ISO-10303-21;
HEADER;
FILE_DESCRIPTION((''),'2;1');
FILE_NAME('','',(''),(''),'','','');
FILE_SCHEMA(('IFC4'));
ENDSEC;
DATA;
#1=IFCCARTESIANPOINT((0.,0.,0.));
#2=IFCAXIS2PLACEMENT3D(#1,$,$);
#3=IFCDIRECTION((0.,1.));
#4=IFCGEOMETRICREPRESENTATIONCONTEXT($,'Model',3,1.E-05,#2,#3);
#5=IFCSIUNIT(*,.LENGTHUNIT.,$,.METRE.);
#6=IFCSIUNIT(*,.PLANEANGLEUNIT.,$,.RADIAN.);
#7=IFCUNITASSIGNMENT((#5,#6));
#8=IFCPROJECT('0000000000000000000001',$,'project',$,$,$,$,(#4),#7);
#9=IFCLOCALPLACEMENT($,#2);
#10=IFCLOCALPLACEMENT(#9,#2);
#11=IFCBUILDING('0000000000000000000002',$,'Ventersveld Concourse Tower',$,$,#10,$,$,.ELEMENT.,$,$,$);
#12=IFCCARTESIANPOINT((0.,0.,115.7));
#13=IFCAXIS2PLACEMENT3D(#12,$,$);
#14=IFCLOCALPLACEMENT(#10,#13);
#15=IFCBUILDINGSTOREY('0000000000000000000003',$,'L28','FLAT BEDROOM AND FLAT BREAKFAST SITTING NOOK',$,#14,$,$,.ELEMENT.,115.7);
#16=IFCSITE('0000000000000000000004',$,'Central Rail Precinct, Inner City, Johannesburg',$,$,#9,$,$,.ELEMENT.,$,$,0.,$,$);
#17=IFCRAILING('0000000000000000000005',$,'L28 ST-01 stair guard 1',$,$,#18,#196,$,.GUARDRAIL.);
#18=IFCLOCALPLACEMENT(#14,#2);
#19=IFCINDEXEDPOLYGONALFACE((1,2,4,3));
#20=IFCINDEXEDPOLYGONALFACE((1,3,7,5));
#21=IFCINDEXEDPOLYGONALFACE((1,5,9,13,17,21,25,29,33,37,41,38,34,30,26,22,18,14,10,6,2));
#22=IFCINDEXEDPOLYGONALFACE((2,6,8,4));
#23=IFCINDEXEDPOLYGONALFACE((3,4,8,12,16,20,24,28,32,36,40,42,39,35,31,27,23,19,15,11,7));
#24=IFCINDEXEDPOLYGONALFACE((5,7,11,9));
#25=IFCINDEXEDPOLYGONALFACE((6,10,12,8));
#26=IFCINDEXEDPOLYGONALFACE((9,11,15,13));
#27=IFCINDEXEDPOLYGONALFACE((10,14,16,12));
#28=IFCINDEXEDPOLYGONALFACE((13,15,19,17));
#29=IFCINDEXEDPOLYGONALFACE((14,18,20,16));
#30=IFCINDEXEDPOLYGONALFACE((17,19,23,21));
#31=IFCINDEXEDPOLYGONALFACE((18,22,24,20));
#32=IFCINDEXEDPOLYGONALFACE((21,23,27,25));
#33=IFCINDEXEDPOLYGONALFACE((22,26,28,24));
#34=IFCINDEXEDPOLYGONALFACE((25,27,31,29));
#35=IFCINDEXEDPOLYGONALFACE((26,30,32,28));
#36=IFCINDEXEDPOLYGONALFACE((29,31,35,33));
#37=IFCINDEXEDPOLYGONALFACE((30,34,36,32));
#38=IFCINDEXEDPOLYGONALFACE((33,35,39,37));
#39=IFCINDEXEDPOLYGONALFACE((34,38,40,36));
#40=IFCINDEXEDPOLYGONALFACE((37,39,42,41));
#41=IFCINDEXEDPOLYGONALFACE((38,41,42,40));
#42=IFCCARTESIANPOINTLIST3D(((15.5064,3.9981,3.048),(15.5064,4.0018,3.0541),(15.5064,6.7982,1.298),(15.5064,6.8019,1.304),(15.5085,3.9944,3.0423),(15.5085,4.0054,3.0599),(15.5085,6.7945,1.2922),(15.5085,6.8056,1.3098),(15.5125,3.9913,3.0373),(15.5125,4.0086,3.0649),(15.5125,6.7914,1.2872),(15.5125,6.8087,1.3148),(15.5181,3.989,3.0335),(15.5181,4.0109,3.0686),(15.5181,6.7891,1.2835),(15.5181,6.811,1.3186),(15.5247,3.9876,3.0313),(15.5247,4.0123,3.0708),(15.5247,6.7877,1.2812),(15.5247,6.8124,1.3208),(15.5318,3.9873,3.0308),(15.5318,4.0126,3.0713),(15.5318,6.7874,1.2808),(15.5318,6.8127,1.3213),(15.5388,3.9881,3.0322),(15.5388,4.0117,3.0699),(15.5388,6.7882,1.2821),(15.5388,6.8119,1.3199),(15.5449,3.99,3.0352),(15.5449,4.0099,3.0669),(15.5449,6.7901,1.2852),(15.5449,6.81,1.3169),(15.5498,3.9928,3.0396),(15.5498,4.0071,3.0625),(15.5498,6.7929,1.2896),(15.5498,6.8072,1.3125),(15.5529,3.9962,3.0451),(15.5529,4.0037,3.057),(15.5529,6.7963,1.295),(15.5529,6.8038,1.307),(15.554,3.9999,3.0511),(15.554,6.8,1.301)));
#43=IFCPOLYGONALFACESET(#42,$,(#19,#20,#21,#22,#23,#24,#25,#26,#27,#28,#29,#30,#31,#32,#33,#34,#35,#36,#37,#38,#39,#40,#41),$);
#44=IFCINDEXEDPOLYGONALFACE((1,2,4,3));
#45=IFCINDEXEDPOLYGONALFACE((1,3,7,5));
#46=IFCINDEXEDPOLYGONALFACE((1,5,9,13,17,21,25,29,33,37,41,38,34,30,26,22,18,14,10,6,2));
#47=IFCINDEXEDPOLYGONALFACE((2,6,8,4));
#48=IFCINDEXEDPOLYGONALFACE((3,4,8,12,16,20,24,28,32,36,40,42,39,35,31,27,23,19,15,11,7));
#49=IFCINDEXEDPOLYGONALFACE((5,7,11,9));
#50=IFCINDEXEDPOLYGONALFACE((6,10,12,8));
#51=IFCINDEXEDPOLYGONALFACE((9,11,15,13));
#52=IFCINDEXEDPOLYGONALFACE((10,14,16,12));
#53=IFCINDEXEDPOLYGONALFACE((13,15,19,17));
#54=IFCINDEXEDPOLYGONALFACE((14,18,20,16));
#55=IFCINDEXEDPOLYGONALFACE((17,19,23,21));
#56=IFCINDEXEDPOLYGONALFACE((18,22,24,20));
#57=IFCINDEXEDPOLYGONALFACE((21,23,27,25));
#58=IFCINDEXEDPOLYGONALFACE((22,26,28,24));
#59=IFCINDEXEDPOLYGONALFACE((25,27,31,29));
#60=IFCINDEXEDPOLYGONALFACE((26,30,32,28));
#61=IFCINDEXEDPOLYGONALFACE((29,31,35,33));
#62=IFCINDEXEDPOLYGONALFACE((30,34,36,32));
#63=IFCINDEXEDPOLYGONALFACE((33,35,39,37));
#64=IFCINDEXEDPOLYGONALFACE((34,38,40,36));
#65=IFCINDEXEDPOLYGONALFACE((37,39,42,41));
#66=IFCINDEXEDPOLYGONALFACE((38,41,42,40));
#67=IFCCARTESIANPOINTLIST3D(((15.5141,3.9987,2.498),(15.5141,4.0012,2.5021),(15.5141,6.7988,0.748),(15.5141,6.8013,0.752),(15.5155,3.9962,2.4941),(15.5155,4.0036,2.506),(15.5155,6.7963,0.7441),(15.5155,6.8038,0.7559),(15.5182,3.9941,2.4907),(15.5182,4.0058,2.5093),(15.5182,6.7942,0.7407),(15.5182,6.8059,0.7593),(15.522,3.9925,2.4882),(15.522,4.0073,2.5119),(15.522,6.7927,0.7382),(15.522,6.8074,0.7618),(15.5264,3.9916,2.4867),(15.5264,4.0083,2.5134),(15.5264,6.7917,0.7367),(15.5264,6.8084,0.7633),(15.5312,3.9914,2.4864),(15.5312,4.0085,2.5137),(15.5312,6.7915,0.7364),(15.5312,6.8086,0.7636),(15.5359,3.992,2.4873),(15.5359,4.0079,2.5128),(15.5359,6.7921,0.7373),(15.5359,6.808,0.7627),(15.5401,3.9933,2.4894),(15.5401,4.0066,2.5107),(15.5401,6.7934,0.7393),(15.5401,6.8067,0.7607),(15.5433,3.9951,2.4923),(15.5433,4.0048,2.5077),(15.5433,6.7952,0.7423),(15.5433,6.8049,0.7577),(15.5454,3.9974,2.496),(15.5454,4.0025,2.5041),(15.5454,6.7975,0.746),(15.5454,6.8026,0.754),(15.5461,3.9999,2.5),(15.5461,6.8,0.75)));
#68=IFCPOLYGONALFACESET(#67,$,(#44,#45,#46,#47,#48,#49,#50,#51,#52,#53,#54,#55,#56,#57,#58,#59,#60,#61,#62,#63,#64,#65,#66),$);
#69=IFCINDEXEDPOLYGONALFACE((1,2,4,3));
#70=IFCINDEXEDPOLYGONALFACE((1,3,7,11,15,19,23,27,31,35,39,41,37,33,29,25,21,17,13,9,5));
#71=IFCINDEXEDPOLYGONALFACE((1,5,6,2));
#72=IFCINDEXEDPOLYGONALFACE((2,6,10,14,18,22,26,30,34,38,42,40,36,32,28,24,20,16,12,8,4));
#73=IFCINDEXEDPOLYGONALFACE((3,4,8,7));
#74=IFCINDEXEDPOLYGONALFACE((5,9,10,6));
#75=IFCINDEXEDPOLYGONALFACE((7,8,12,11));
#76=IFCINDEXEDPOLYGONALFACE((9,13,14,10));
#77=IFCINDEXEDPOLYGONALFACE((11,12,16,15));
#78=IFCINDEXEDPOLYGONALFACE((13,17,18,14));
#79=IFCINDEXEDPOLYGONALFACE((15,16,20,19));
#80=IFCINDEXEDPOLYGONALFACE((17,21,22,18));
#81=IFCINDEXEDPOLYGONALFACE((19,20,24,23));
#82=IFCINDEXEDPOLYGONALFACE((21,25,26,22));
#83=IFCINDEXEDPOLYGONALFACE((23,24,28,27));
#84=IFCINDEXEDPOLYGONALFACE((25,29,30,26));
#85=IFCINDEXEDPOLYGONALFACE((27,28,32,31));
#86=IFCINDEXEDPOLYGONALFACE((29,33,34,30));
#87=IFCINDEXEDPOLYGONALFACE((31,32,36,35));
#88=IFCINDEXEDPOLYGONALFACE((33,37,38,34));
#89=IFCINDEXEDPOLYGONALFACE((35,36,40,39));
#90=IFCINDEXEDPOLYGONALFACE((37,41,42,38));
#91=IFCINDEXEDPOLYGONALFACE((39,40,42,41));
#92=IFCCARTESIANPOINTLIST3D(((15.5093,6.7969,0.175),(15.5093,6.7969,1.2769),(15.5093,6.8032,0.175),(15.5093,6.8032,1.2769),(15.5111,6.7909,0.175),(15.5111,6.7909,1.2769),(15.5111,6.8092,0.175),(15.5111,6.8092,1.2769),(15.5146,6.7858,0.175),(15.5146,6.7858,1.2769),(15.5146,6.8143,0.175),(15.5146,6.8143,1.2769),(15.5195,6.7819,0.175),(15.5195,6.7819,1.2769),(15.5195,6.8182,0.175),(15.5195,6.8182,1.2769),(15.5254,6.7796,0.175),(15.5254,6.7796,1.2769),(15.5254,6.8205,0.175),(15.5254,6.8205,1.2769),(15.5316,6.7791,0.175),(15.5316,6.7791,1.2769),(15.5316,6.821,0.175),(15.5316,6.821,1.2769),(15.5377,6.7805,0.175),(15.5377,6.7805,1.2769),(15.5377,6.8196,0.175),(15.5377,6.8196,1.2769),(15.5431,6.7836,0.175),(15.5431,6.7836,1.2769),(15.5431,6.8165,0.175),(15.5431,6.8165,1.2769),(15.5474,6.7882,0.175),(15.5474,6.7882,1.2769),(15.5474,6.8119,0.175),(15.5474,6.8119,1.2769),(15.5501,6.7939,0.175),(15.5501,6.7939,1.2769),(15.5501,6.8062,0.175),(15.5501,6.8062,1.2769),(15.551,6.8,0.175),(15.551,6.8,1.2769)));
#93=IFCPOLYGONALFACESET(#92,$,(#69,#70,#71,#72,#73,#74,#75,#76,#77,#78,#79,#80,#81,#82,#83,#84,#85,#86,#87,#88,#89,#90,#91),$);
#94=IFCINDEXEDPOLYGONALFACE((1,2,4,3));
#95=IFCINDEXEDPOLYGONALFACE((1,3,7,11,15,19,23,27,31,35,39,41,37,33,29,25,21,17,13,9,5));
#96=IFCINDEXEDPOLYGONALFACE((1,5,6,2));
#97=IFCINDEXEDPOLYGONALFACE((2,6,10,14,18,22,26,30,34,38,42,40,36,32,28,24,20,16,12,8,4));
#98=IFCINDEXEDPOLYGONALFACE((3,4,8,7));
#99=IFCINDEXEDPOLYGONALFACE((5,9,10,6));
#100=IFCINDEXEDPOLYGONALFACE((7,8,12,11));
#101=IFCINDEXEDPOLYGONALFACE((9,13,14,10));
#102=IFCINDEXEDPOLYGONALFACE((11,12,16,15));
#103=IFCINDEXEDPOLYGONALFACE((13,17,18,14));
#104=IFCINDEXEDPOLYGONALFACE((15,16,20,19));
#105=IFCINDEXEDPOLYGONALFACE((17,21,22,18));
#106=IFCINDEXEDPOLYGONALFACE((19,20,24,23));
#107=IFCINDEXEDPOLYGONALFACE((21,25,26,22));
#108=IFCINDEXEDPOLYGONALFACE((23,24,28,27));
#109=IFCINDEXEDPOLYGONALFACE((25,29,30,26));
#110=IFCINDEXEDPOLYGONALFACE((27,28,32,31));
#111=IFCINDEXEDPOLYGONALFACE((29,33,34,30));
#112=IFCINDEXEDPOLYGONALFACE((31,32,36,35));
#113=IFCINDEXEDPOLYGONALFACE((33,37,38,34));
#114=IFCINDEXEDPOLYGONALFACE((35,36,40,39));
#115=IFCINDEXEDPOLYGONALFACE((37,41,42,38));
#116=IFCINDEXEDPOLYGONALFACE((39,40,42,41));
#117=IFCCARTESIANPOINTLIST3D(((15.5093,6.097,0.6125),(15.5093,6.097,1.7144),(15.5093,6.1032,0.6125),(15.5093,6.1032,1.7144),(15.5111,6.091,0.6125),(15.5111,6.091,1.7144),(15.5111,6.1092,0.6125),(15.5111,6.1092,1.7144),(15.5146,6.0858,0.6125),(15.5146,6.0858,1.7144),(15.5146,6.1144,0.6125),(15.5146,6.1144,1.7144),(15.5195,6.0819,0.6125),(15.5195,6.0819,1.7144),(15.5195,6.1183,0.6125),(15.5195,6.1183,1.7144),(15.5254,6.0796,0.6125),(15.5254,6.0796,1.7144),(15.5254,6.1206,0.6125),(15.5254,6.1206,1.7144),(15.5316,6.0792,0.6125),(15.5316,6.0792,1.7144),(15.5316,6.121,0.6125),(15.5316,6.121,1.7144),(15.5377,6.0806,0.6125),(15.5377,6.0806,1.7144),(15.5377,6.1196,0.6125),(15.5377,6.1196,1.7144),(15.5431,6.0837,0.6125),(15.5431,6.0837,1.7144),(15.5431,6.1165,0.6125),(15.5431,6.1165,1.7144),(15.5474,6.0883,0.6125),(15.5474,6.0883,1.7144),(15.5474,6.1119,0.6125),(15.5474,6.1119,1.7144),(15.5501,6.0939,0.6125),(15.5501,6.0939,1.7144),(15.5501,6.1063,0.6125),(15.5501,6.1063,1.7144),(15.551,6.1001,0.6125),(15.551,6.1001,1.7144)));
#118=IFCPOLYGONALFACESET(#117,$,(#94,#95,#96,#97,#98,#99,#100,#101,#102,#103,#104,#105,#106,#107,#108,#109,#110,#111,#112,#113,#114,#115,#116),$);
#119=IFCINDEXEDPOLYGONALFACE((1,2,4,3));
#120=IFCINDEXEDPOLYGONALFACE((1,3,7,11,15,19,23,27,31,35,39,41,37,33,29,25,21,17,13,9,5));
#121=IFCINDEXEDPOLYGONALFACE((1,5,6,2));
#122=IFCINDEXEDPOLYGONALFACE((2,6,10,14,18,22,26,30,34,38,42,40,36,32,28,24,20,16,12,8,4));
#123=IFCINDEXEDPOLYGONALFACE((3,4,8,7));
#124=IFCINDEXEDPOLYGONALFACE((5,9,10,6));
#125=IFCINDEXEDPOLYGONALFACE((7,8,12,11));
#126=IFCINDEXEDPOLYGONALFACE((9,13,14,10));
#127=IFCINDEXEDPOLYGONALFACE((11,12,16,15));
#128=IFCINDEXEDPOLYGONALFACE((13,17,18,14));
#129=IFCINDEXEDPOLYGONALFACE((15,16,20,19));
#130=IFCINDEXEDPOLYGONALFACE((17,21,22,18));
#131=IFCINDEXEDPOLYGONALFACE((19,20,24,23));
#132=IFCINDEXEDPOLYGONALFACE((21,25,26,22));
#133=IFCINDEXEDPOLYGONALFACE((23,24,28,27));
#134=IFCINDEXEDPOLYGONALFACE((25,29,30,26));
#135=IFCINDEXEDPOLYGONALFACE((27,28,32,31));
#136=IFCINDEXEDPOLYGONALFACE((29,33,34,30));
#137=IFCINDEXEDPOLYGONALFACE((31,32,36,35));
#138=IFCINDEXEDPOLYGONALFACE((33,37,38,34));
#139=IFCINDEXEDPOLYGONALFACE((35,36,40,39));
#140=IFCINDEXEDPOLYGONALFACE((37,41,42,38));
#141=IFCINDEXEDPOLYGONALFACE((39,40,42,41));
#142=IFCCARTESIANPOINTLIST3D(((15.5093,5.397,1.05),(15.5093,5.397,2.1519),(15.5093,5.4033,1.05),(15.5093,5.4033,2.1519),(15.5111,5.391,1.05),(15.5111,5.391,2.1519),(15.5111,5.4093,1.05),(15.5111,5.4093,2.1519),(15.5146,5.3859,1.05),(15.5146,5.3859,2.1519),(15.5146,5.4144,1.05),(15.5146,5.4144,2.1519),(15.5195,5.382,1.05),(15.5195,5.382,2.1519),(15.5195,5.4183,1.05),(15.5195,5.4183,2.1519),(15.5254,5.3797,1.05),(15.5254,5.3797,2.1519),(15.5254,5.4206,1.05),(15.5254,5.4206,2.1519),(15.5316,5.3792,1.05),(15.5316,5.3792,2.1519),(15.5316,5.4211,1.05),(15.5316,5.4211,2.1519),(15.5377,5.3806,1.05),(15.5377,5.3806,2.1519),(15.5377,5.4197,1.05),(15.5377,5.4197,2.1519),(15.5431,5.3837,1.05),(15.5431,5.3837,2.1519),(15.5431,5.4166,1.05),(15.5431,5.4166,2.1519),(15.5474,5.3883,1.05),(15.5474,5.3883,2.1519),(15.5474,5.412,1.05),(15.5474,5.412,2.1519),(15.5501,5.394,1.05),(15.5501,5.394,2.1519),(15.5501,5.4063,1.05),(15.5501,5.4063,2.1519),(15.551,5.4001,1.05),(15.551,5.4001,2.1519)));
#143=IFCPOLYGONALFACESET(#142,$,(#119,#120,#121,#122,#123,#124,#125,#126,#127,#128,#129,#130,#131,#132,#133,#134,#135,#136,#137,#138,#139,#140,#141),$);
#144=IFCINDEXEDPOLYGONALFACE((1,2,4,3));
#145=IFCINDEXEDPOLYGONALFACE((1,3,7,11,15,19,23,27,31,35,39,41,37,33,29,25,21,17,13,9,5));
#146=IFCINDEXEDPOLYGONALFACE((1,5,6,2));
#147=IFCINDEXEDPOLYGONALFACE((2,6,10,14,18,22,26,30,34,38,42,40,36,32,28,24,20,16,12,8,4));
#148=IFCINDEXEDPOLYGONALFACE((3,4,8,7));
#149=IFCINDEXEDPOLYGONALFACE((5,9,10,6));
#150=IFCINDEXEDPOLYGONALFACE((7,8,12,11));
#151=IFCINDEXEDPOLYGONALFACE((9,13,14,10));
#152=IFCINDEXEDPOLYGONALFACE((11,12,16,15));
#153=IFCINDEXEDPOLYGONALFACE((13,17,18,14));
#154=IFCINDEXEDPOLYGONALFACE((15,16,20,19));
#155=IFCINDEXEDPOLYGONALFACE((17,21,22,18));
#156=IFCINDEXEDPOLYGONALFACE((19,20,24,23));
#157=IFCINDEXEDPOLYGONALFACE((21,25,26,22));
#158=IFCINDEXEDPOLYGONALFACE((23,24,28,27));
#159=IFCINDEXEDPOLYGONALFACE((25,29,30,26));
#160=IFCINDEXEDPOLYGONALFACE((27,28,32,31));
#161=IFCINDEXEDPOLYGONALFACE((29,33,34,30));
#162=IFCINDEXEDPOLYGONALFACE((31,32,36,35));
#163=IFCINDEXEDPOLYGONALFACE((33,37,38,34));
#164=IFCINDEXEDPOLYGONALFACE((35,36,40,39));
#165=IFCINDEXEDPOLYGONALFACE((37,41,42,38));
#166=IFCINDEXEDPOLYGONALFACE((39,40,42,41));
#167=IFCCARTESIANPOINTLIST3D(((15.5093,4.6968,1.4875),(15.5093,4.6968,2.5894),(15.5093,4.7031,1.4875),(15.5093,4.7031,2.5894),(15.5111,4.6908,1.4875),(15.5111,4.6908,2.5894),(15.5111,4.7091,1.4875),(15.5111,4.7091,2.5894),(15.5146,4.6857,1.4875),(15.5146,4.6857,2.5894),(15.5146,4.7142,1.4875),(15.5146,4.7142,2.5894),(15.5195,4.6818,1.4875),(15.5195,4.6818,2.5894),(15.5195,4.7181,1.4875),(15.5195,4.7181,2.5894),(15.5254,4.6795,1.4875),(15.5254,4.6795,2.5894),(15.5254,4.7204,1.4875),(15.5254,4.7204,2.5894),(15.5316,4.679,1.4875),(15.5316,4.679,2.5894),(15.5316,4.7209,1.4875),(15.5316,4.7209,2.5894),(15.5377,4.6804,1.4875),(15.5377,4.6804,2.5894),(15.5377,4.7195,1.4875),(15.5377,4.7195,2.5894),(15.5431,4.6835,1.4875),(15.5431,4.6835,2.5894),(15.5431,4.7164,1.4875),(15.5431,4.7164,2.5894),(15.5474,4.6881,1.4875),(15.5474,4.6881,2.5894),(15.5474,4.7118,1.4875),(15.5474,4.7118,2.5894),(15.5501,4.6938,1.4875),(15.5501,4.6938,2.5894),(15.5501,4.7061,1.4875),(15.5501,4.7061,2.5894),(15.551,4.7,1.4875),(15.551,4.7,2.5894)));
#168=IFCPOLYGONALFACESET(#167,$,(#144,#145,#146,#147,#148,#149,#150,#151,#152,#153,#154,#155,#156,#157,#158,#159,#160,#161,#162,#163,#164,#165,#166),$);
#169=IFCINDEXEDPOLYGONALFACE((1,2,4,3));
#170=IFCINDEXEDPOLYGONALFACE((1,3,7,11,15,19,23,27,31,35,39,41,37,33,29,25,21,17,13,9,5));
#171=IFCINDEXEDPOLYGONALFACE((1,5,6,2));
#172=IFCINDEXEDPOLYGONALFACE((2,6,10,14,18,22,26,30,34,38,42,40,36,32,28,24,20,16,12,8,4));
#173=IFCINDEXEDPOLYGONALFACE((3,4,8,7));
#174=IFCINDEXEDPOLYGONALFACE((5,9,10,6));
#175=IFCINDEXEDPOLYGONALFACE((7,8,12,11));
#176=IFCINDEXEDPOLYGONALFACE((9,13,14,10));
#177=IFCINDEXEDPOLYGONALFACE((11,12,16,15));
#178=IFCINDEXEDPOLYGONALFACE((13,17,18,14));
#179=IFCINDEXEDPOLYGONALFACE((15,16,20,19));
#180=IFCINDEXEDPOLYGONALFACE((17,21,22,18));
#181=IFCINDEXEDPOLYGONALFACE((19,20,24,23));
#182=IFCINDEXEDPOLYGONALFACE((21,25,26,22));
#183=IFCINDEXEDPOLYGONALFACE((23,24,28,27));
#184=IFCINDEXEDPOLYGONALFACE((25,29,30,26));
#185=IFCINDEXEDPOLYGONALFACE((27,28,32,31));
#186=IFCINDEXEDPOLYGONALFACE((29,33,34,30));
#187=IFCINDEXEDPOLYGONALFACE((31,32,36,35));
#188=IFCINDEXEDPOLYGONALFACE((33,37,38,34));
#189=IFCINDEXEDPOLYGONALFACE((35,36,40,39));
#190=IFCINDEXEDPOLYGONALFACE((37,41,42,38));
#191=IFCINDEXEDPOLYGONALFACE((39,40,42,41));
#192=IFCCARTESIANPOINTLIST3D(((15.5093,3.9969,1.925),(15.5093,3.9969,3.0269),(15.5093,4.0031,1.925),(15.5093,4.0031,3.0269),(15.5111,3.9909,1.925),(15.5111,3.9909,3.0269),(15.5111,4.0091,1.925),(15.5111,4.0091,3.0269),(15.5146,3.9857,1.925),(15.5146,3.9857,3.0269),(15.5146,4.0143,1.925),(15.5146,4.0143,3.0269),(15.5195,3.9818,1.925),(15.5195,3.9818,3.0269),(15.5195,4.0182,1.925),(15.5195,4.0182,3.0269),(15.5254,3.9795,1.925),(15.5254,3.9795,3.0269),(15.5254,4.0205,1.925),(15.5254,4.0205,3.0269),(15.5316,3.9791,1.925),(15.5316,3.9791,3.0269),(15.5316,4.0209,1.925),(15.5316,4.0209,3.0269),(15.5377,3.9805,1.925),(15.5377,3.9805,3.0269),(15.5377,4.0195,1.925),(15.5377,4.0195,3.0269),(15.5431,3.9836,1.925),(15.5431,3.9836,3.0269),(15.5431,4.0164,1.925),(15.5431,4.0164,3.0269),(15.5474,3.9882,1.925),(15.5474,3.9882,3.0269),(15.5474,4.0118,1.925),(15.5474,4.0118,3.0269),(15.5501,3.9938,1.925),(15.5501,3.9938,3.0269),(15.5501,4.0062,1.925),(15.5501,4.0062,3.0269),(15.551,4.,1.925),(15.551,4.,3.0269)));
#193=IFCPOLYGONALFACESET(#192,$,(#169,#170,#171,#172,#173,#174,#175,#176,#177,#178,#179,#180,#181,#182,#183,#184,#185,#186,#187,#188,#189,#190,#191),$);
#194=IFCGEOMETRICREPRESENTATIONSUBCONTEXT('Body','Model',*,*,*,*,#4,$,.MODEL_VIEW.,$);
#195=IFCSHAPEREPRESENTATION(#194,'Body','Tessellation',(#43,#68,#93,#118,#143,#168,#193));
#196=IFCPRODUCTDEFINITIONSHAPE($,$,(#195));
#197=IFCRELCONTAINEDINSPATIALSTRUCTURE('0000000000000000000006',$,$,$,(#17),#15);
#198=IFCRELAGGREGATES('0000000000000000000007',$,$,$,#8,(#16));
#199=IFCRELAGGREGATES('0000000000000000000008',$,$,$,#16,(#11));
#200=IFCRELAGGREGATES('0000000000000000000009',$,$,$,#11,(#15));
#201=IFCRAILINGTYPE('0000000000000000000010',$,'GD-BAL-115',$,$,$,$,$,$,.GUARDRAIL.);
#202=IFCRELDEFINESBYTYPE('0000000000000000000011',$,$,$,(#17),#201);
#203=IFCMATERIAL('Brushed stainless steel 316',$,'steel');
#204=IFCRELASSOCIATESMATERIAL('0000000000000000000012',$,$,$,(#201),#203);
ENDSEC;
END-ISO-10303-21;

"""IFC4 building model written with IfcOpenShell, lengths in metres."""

from ifc_helpers import new_model, si_unit, direction, frame, origin, origin_2d, place, context, subcontext, project, spatial, circle, extrude, material, type_object, element, save


model = new_model("IFC4")

# Units and contexts
model_context = context("Model", 3, precision=1e-05, world=origin(), true_north=direction((0.0, 1.0)))
body_context = subcontext(model_context, "Body", "Model", "MODEL_VIEW")
ifc_project = project(units=[si_unit("LENGTHUNIT", "METRE"), si_unit("PLANEANGLEUNIT", "RADIAN")], contexts=[model_context])

# Site, building, storey
site_placement = place(None, origin())
site = spatial("IfcSite", under=ifc_project, at=site_placement, Name="Central Rail Precinct, Inner City, Johannesburg", CompositionType="ELEMENT", RefElevation=0.0)
building_placement = place(site_placement, origin())
building = spatial("IfcBuilding", under=site, at=building_placement, Name="Ventersveld Concourse Tower", CompositionType="ELEMENT")
storey_placement = place(building_placement, frame((0.0, 0.0, 115.7)))
storey = spatial("IfcBuildingStorey", under=building, at=storey_placement, Name="L28", Description="FLAT BEDROOM AND FLAT BREAKFAST SITTING NOOK", CompositionType="ELEMENT", Elevation=115.7)

# Railing
ifc_material_1 = material(Name="Brushed stainless steel 316", Category="steel")
railing_type_1 = type_object("IfcRailingType", Name="GD-BAL-115", PredefinedType="GUARDRAIL", material=ifc_material_1)
railing_1_placement = place(storey_placement, frame((15.53, 6.8, 0.175)))
element("IfcRailing", 1, at=railing_1_placement, inside=storey, type_object=railing_type_1, Name="L28 ST-01 stair guard 1", PredefinedType="GUARDRAIL", context=body_context, shape_type="SweptSolid", body=[
    extrude(circle(Radius=0.0239, at=origin_2d()), frame((0.0, 0.0, 1.126), z_axis=(0.0, -0.848002, 0.529992), x_axis=(1.0, 0.0, 0.0)), (0.0, 0.0, 1.0), 3.302),
    extrude(circle(Radius=0.0161, at=origin_2d()), frame((0.0, 0.0, 0.575), z_axis=(0.0, -0.848002, 0.529992), x_axis=(1.0, 0.0, 0.0)), (0.0, 0.0, 1.0), 3.302),
    extrude(circle(Radius=0.021, at=origin_2d()), origin(), (0.0, 0.0, 1.0), 1.1018),
    extrude(circle(Radius=0.021, at=origin_2d()), frame((0.0, -0.7, 0.4375)), (0.0, 0.0, 1.0), 1.1018),
    extrude(circle(Radius=0.021, at=origin_2d()), frame((0.0, -1.3999, 0.875)), (0.0, 0.0, 1.0), 1.1018),
    extrude(circle(Radius=0.021, at=origin_2d()), frame((0.0, -2.1001, 1.3125)), (0.0, 0.0, 1.0), 1.1018),
    extrude(circle(Radius=0.021, at=origin_2d()), frame((0.0, -2.8, 1.75)), (0.0, 0.0, 1.0), 1.1018),
])

save(model, "model.ifc")
